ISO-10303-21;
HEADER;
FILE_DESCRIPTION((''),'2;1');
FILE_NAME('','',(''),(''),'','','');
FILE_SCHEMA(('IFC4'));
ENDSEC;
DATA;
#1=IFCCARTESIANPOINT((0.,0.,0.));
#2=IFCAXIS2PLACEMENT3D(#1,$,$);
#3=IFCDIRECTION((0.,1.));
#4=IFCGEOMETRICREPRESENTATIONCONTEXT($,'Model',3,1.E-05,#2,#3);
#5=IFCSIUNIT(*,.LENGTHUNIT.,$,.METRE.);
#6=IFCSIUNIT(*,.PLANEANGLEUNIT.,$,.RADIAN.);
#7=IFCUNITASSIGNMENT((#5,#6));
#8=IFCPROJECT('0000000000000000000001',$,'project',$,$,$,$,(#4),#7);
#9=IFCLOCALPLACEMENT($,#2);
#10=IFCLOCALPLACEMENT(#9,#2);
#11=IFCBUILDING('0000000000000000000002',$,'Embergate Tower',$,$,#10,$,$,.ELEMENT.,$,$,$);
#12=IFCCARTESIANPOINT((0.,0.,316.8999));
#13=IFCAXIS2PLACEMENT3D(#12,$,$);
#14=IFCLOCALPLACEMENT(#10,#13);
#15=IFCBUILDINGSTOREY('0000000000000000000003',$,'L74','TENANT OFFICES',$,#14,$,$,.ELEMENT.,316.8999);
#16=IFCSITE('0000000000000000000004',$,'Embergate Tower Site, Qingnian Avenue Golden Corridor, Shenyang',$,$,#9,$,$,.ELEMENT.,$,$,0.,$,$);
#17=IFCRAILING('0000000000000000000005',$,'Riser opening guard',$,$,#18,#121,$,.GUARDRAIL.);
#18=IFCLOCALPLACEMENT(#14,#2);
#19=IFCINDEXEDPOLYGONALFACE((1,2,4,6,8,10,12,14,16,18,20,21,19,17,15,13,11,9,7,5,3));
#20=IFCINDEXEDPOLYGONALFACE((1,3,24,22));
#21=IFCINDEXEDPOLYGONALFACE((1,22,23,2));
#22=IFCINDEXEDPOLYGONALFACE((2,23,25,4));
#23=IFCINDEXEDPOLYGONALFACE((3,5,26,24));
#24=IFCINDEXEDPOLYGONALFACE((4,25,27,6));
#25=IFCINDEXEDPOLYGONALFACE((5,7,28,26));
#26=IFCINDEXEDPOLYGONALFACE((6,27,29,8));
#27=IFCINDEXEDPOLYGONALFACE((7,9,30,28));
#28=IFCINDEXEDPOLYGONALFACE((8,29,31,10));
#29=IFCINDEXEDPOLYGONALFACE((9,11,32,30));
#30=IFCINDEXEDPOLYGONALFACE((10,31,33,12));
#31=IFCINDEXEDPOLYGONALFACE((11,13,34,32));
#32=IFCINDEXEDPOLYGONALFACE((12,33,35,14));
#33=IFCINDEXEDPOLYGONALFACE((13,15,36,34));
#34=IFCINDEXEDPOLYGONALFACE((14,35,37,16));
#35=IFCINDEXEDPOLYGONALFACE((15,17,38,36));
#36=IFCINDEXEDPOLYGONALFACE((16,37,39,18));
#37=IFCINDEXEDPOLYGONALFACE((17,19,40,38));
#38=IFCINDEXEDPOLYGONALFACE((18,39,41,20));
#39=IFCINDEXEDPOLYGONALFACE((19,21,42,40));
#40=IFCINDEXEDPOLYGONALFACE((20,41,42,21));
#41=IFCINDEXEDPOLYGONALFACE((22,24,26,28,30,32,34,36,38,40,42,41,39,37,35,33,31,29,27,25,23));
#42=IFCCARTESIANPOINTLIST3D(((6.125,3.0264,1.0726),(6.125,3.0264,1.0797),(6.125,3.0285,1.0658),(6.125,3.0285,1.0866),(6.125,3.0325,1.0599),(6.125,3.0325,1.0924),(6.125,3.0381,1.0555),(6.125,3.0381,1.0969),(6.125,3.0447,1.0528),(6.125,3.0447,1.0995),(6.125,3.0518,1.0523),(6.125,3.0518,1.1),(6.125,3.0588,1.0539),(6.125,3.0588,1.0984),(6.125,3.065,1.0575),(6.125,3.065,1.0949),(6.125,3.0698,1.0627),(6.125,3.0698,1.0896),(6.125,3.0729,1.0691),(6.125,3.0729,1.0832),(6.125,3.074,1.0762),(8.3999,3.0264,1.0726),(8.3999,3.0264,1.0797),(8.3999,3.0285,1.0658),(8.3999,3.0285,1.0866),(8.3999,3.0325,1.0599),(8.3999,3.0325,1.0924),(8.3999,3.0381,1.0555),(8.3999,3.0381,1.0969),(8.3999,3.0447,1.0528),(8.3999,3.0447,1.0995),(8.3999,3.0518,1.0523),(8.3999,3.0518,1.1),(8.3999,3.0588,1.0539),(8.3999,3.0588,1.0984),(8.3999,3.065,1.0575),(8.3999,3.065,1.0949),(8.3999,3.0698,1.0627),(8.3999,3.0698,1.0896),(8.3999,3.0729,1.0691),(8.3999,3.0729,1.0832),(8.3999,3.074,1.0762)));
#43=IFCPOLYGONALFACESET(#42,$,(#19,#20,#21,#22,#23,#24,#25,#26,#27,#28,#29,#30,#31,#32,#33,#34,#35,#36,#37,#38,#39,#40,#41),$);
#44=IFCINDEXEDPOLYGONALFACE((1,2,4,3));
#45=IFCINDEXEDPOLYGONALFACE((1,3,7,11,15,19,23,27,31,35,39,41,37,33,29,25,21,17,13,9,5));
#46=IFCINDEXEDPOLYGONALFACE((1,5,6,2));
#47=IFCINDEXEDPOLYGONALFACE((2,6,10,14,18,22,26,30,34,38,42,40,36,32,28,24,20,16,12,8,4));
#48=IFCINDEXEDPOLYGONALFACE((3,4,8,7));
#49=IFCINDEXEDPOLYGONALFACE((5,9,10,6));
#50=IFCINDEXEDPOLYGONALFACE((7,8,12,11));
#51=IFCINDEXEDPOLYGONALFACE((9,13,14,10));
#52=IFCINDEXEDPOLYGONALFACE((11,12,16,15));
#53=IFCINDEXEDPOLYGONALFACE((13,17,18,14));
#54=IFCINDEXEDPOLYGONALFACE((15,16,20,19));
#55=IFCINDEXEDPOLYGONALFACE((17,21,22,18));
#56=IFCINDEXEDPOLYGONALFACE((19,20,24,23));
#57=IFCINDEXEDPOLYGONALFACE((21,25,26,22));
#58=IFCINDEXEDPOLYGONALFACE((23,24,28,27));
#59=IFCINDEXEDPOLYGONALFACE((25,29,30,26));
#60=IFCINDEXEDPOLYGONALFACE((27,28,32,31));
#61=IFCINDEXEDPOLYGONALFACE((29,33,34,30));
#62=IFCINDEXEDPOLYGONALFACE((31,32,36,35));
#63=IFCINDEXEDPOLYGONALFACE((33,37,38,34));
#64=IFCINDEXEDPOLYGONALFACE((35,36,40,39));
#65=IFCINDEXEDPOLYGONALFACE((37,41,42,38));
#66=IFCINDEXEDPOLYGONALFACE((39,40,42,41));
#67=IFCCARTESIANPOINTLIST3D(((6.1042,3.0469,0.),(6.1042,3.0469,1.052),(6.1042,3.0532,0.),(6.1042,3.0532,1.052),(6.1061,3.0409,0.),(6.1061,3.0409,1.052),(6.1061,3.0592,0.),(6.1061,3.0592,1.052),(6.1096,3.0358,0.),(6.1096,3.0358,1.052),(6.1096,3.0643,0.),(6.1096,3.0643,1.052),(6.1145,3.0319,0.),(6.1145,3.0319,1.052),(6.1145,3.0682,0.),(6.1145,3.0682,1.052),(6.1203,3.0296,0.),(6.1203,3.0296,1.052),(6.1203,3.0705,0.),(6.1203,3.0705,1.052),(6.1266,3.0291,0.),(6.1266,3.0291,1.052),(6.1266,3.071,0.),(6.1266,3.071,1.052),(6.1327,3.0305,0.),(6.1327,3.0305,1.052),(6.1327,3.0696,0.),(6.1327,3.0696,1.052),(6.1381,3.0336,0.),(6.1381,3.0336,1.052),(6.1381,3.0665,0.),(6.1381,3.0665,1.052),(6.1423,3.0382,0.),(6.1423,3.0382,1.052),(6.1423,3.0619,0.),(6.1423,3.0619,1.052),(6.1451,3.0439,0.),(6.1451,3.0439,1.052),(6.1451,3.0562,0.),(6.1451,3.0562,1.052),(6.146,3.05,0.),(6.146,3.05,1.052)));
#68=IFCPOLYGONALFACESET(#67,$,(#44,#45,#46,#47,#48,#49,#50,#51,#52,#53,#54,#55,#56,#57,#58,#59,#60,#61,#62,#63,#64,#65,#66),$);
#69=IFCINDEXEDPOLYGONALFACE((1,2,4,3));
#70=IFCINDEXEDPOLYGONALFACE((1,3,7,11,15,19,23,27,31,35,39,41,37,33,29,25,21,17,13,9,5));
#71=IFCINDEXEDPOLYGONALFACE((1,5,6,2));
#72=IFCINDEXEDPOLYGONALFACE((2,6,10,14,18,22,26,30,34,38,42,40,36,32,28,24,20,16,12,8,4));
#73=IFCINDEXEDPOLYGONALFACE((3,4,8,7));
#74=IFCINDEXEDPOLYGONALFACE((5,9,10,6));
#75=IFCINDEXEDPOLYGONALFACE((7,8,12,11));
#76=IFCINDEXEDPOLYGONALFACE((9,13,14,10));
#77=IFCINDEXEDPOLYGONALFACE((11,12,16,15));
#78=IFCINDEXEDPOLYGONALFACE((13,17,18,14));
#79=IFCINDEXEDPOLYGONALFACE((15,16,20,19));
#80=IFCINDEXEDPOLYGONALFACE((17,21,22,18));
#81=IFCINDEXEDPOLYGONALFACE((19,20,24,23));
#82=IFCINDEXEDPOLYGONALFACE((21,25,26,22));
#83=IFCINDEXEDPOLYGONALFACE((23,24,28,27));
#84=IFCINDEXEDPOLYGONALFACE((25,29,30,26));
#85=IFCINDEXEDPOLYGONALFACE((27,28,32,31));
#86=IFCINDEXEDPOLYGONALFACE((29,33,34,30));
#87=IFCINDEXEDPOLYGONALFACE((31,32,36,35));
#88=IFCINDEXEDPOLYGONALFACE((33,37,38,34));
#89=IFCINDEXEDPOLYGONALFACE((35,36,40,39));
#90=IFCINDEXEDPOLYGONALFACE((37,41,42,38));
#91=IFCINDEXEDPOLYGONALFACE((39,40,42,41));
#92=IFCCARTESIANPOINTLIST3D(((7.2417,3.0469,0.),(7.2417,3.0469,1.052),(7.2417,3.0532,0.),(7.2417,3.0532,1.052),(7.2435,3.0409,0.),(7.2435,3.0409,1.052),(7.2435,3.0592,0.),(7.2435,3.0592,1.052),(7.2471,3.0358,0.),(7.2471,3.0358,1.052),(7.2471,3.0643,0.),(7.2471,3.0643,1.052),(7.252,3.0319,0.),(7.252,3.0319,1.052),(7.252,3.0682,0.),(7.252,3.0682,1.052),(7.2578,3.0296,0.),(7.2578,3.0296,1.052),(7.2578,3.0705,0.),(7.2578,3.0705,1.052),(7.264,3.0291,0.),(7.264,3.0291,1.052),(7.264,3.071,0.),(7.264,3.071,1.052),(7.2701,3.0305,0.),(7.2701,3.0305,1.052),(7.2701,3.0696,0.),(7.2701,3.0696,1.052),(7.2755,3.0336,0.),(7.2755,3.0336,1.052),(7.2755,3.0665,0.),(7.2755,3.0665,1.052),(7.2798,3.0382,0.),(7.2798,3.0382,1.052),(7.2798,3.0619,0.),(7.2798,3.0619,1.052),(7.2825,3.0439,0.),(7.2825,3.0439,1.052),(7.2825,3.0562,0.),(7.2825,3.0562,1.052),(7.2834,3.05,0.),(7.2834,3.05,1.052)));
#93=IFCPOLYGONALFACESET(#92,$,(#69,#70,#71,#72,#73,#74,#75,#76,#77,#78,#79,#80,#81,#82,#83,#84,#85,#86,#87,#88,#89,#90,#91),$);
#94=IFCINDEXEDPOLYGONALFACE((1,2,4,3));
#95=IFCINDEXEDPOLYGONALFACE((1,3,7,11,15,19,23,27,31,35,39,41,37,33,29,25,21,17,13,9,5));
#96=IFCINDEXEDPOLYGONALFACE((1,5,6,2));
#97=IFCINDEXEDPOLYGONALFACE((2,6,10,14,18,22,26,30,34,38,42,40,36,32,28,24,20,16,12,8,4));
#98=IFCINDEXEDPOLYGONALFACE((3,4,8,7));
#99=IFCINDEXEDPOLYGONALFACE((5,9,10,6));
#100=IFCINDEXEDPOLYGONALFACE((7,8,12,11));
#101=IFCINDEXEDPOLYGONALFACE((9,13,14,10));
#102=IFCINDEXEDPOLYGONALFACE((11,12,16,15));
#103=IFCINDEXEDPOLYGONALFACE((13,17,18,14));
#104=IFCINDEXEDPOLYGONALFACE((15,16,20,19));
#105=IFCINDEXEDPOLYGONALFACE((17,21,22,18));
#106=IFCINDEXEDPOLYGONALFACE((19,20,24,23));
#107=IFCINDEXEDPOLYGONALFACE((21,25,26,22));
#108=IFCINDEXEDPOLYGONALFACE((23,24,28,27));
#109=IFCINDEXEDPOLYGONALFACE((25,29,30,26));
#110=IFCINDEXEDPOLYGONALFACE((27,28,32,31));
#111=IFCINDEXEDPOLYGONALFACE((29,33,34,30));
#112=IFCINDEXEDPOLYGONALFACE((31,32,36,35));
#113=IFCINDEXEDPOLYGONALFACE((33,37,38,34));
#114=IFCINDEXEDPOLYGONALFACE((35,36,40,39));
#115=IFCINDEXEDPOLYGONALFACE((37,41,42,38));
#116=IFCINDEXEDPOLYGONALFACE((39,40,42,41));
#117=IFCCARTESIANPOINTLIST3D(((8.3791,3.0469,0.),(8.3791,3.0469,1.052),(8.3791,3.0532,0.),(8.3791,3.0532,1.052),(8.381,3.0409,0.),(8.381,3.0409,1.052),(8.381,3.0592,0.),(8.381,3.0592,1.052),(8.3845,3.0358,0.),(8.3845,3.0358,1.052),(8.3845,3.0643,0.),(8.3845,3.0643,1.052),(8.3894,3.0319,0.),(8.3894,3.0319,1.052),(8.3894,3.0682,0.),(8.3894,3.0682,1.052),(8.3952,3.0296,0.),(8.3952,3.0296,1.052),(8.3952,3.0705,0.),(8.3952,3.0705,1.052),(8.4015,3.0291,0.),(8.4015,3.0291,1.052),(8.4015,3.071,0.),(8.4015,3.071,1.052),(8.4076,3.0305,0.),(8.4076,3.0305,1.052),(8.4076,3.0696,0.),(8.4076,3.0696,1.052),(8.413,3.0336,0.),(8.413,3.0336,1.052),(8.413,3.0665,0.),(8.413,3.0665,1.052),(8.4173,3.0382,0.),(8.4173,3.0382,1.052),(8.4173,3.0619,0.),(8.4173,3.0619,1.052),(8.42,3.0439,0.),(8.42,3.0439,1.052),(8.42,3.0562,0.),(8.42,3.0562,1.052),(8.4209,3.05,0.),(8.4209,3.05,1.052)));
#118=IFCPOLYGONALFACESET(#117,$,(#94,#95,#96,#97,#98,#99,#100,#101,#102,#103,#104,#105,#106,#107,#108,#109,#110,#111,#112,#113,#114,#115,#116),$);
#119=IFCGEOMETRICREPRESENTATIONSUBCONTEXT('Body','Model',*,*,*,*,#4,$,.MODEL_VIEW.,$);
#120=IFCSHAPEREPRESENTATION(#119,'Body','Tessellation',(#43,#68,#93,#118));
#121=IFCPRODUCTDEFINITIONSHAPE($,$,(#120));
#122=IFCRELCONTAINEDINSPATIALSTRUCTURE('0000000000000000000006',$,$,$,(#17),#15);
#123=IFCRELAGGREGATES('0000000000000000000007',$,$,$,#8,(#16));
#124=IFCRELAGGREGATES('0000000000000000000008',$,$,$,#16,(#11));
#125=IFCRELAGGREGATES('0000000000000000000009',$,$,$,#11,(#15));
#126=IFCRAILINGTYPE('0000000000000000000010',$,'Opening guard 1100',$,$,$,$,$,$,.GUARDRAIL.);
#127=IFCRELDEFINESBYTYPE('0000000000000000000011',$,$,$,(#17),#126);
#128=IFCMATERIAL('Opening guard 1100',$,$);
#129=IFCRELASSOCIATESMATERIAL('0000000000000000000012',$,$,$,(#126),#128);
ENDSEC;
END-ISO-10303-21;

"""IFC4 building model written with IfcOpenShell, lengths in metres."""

from ifc_helpers import new_model, si_unit, direction, frame, origin, origin_2d, place, context, subcontext, project, spatial, circle, extrude, source, transform, mapped, material, type_object, element, save


model = new_model("IFC4")

# Units and contexts
model_context = context("Model", 3, precision=1e-05, world=origin(), true_north=direction((0.0, 1.0)))
body_context = subcontext(model_context, "Body", "Model", "MODEL_VIEW")
ifc_project = project(units=[si_unit("LENGTHUNIT", "METRE"), si_unit("PLANEANGLEUNIT", "RADIAN")], contexts=[model_context])

# Site, building, storey
site_placement = place(None, origin())
site = spatial("IfcSite", under=ifc_project, at=site_placement, Name="Embergate Tower Site, Qingnian Avenue Golden Corridor, Shenyang", CompositionType="ELEMENT", RefElevation=0.0)
building_placement = place(site_placement, origin())
building = spatial("IfcBuilding", under=site, at=building_placement, Name="Embergate Tower", CompositionType="ELEMENT")
storey_placement = place(building_placement, frame((0.0, 0.0, 316.8999)))
storey = spatial("IfcBuildingStorey", under=building, at=storey_placement, Name="L74", Description="TENANT OFFICES", CompositionType="ELEMENT", Elevation=316.8999)

# Railing
ifc_material_1 = material(Name="Opening guard 1100")
railing_type = type_object("IfcRailingType", Name="Opening guard 1100", PredefinedType="GUARDRAIL", material=ifc_material_1)
shared_shape_1 = source(origin(), body_context, "Body", "SweptSolid", [
    extrude(circle(Radius=0.0239, at=origin_2d()), frame((0.0, 0.0, 1.0762), z_axis=(1.0, 0.0, 0.0), x_axis=(0.0, 1.0, 0.0)), (0.0, 0.0, 1.0), 2.2749),
    extrude(circle(Radius=0.021, at=origin_2d()), origin(), (0.0, 0.0, 1.0), 1.052),
    extrude(circle(Radius=0.021, at=origin_2d()), frame((1.1375, 0.0, 0.0)), (0.0, 0.0, 1.0), 1.052),
    extrude(circle(Radius=0.021, at=origin_2d()), frame((2.2749, 0.0, 0.0)), (0.0, 0.0, 1.0), 1.052),
])
railing_placement = place(storey_placement, frame((6.125, 3.05, 0.0)))
element("IfcRailing", 1, at=railing_placement, inside=storey, type_object=railing_type, Name="Riser opening guard", PredefinedType="GUARDRAIL", context=body_context, shape_type="MappedRepresentation", body=[
    mapped(shared_shape_1, transform((0.0, 0.0, 0.0))),
])

save(model, "model.ifc")
